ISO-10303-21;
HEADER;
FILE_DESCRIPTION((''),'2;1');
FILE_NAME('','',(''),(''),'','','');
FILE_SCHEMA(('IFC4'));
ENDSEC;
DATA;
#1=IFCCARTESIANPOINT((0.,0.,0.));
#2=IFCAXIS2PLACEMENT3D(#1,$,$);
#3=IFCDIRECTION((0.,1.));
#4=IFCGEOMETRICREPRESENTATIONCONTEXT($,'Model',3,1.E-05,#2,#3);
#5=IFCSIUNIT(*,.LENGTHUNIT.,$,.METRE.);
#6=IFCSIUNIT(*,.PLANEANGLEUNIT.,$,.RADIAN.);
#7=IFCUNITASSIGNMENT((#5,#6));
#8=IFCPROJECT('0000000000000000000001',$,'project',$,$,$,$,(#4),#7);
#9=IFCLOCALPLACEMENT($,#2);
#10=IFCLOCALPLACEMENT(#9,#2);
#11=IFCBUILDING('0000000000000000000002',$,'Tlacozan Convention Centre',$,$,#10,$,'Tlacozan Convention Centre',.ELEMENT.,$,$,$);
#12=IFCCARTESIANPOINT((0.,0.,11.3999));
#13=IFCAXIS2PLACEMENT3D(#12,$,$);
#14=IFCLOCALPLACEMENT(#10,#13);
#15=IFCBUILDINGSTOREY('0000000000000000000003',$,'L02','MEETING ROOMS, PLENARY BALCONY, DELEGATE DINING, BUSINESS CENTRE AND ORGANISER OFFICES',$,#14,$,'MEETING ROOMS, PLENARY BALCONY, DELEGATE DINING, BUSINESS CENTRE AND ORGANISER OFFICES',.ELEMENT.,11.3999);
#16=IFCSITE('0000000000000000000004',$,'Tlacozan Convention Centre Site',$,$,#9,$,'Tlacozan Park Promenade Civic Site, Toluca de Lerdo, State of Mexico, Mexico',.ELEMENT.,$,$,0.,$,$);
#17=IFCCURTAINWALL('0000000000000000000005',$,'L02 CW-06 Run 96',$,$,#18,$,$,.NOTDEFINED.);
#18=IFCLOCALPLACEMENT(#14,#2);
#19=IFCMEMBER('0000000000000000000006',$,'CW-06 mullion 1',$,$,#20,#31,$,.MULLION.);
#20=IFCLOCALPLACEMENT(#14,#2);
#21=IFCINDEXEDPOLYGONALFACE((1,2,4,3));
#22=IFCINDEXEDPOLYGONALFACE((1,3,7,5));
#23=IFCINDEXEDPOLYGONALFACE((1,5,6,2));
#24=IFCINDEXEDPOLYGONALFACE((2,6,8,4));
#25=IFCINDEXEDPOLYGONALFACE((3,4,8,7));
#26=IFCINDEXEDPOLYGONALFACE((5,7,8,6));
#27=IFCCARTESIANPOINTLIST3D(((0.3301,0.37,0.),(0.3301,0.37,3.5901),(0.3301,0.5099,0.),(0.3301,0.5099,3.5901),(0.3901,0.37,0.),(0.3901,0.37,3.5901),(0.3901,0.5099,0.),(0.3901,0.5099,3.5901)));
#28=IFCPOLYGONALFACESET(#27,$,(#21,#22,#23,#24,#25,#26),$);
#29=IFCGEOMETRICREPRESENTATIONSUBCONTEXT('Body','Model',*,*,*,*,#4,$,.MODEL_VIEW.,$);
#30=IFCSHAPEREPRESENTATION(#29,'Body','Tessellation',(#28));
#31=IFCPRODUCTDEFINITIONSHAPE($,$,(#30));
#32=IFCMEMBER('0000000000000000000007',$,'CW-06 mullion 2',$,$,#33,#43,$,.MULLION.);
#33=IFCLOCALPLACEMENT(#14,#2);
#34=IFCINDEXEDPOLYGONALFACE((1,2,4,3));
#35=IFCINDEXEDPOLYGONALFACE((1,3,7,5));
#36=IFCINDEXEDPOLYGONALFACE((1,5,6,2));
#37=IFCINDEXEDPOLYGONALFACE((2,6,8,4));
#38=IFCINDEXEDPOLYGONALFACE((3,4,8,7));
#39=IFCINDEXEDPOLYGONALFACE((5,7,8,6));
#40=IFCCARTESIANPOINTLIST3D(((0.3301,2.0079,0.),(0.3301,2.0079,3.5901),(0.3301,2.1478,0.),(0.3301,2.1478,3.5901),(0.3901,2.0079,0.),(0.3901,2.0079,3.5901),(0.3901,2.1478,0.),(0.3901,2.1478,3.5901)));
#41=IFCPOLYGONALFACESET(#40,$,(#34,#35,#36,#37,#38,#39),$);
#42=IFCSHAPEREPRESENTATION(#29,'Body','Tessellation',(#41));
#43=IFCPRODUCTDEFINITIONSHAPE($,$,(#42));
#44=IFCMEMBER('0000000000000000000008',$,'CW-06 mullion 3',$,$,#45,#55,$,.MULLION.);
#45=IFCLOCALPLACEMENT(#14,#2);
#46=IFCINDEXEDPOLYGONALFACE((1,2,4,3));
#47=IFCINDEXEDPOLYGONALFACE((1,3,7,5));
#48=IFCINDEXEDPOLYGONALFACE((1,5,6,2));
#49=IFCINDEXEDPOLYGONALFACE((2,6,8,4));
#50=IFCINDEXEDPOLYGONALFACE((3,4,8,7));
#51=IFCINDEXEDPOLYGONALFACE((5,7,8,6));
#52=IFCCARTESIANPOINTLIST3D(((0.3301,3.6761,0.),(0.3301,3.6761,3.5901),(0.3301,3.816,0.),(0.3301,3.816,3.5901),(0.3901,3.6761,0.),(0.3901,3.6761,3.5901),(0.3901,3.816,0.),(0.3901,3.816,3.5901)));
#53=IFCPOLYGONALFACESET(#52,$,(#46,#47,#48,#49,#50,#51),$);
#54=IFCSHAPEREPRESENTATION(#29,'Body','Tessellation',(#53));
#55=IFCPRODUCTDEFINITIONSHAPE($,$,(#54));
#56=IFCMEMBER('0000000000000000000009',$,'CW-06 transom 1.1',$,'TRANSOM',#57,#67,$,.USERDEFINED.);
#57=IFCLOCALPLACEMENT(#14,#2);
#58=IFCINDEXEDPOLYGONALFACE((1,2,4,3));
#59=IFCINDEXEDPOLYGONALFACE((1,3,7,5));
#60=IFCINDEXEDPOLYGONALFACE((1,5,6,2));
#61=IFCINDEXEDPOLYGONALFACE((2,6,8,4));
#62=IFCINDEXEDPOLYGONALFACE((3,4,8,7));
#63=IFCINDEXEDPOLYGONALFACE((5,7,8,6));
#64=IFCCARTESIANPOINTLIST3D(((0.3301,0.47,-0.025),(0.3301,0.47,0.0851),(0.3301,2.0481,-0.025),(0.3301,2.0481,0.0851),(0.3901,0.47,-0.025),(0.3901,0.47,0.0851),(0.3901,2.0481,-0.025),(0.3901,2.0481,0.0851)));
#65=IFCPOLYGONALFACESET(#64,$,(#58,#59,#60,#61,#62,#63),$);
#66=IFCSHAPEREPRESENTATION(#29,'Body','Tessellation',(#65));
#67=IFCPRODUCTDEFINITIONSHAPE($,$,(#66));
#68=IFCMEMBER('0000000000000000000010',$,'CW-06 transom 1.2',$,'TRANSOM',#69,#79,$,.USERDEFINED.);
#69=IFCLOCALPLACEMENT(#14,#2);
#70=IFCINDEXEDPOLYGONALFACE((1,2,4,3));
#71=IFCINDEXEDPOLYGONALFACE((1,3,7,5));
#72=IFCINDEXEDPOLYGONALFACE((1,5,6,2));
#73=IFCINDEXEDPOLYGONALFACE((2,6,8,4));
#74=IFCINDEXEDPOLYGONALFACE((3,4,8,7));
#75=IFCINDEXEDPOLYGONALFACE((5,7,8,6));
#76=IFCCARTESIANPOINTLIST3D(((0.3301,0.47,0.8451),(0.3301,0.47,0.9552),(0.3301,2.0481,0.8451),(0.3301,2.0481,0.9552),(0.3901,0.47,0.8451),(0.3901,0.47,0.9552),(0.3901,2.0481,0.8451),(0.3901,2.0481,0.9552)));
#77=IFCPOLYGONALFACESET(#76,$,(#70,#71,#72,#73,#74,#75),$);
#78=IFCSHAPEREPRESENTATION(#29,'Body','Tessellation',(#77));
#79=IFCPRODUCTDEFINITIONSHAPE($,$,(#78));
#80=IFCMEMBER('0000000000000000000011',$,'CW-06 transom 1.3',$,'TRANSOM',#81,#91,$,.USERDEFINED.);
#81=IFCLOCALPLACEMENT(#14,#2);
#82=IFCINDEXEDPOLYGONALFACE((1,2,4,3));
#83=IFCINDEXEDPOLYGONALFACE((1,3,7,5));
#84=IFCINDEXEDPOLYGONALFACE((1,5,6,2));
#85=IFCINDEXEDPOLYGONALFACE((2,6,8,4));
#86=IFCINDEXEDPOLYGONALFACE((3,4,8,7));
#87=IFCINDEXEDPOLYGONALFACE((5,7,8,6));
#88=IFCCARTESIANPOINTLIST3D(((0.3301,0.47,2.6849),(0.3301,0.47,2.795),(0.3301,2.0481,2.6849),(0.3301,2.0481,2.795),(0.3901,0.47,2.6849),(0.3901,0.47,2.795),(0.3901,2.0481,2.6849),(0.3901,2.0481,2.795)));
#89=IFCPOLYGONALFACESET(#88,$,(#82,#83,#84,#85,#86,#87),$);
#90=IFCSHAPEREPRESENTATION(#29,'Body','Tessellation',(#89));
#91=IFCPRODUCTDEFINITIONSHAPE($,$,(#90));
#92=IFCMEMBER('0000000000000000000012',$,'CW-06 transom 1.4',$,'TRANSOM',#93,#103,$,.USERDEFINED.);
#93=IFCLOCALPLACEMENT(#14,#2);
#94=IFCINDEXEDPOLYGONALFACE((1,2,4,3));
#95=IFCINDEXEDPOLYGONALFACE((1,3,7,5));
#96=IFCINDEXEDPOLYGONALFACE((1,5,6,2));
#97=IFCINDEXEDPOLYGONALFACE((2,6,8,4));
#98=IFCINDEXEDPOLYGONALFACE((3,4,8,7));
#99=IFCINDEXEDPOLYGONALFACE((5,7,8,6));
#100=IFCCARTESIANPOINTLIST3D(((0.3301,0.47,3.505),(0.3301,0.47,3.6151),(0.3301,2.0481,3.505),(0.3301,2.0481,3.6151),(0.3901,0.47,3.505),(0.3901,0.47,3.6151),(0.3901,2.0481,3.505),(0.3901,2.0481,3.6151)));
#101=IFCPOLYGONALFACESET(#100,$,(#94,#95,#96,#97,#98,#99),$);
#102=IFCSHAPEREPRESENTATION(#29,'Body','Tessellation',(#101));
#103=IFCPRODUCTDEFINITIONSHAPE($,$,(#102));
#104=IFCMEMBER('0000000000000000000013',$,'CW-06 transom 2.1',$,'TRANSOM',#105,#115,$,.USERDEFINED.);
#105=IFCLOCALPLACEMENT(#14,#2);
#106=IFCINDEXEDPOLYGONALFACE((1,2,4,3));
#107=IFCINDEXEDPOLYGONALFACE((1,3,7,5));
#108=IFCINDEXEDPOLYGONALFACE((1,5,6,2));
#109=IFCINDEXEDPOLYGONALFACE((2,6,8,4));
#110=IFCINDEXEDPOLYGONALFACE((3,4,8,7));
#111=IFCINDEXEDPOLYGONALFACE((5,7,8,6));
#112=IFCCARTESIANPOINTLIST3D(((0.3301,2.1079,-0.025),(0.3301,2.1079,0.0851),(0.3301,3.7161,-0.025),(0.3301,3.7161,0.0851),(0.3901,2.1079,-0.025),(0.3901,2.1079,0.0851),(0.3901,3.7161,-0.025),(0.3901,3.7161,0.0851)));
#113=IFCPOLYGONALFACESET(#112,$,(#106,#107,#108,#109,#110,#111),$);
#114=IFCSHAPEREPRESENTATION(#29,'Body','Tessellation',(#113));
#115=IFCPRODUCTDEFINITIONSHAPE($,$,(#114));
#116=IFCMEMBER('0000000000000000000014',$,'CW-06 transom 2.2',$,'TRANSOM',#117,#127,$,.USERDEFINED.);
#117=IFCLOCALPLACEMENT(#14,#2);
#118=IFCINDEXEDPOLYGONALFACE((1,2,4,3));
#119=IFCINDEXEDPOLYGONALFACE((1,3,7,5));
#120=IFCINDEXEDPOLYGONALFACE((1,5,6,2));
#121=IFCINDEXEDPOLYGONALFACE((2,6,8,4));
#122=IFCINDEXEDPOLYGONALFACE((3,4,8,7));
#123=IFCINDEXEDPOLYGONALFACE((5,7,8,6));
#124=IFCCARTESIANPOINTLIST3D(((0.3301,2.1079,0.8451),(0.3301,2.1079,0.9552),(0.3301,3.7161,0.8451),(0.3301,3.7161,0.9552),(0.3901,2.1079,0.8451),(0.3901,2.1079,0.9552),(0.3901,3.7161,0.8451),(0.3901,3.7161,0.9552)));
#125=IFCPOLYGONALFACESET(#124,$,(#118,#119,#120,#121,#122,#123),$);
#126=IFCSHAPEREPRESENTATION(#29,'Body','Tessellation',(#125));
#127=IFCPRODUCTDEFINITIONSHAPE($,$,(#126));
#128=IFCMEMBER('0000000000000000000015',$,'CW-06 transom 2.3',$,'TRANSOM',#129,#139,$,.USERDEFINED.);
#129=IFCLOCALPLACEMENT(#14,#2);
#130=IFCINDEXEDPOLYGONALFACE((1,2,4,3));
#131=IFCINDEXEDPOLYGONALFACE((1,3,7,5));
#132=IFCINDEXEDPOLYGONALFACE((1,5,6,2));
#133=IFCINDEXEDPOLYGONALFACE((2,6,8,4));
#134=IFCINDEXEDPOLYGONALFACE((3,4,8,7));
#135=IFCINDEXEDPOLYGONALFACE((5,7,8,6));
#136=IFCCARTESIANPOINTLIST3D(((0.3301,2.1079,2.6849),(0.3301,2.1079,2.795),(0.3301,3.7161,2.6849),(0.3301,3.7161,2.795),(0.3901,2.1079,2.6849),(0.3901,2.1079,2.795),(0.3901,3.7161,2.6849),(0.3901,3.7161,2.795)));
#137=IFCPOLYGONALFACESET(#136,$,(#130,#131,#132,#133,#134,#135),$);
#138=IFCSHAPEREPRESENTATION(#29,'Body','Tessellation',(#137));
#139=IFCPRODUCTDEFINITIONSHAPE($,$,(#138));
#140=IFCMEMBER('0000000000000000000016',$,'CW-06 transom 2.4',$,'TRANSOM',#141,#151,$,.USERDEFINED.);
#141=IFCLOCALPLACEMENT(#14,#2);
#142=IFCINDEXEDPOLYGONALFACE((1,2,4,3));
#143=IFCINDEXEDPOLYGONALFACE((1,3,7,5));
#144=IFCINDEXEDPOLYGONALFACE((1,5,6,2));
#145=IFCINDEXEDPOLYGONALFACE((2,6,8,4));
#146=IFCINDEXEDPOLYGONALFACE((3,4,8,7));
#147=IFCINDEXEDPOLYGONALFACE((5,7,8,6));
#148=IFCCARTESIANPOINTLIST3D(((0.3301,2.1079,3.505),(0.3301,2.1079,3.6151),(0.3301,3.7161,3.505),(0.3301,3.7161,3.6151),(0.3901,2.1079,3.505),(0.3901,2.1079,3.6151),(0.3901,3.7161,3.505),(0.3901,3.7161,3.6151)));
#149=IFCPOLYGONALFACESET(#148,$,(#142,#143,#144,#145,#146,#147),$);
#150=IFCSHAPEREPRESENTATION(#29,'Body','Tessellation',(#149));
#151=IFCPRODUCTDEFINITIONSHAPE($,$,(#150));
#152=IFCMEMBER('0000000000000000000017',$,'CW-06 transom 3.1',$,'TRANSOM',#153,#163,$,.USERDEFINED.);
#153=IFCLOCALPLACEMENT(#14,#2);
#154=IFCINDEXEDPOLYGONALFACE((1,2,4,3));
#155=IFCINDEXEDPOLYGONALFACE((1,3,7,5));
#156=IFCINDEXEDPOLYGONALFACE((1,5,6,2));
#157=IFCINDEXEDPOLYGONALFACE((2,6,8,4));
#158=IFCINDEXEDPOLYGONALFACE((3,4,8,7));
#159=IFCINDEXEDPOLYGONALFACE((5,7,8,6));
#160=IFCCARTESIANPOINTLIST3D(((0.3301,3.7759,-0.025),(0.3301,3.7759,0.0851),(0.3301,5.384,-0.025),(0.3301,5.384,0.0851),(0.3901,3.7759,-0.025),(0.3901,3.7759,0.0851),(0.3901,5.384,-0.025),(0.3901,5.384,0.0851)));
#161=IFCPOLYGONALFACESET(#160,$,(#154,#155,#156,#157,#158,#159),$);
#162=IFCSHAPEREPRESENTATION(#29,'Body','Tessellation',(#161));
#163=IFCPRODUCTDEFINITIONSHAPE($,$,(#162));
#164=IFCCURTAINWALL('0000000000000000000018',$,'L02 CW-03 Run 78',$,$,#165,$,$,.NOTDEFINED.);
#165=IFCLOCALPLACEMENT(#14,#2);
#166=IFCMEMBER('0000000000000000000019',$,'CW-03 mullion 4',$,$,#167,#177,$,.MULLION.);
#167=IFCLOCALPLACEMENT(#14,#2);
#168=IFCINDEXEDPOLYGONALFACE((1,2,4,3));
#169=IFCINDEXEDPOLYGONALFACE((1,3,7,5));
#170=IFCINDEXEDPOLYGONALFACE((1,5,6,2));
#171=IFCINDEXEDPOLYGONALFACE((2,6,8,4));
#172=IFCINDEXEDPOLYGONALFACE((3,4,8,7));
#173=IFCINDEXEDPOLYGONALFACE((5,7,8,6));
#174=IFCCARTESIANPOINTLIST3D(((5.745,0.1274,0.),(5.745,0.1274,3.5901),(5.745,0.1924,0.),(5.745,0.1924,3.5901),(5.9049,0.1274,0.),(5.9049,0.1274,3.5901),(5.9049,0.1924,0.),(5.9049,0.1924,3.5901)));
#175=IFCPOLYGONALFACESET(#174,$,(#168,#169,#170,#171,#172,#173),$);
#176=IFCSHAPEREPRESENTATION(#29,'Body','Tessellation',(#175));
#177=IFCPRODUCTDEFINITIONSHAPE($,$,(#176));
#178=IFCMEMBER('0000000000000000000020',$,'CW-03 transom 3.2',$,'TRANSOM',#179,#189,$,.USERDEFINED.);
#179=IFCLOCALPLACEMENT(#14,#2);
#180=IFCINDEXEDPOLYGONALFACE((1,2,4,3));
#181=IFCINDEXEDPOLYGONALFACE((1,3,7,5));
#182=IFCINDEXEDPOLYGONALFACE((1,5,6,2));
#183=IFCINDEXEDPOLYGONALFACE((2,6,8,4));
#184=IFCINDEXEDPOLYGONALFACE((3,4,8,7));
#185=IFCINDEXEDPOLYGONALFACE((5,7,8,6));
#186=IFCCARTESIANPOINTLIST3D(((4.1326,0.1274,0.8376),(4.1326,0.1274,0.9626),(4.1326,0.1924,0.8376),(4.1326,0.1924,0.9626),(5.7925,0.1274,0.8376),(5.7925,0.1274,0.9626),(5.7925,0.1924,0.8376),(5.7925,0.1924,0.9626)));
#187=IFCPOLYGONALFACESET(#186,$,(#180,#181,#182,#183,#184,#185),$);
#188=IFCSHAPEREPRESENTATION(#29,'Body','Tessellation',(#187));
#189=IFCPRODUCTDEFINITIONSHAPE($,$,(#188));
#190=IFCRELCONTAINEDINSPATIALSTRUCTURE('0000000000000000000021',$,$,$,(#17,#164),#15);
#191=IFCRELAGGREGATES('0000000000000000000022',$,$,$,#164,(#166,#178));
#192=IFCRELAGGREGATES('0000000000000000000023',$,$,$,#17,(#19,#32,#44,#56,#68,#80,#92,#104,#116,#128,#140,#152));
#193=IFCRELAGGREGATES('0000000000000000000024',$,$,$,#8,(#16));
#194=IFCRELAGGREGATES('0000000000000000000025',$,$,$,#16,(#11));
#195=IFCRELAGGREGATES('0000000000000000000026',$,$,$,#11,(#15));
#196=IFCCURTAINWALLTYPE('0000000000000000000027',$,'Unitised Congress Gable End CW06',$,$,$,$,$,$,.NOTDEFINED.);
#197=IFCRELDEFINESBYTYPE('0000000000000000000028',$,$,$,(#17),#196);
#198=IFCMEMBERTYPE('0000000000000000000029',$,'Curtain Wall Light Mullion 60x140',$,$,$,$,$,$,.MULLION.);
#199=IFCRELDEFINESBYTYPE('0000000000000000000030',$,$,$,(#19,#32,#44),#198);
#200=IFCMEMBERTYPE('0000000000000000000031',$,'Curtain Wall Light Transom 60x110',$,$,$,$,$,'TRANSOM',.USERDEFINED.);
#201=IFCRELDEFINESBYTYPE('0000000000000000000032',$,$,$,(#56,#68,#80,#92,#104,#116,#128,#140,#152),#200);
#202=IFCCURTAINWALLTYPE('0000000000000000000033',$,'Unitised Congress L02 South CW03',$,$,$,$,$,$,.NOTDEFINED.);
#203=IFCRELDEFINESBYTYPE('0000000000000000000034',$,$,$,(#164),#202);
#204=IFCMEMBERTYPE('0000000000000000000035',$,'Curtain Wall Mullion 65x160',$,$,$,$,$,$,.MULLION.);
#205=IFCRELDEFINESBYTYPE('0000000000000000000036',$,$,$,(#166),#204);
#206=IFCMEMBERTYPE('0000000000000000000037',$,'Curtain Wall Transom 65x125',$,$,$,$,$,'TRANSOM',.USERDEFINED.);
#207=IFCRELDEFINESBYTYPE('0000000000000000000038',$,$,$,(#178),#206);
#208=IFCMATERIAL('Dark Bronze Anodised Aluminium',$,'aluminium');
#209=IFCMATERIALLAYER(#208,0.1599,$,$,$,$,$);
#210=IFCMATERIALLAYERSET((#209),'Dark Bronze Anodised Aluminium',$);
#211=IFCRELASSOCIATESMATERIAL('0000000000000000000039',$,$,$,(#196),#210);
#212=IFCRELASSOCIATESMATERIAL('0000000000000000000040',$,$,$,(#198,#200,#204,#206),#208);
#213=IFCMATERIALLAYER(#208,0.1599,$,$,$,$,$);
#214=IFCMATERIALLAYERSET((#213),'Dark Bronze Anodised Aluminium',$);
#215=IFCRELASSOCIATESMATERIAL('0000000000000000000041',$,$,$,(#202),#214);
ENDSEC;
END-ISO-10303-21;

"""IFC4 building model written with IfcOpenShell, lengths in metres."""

from ifc_helpers import new_model, si_unit, direction, frame, origin, origin_2d, place, context, subcontext, project, spatial, rectangle, extrude, material, layer, layer_set, material_profile, profile_set, type_object, element, aggregate, save


model = new_model("IFC4")

# Units and contexts
model_context = context("Model", 3, precision=1e-05, world=origin(), true_north=direction((0.0, 1.0)))
body_context = subcontext(model_context, "Body", "Model", "MODEL_VIEW")
ifc_project = project(units=[si_unit("LENGTHUNIT", "METRE"), si_unit("PLANEANGLEUNIT", "RADIAN")], contexts=[model_context])

# Site, building, storey
site_placement = place(None, origin())
site = spatial("IfcSite", under=ifc_project, at=site_placement, Name="Tlacozan Convention Centre Site", LongName="Tlacozan Park Promenade Civic Site, Toluca de Lerdo, State of Mexico, Mexico", CompositionType="ELEMENT", RefElevation=0.0)
building_placement = place(site_placement, origin())
building = spatial("IfcBuilding", under=site, at=building_placement, Name="Tlacozan Convention Centre", LongName="Tlacozan Convention Centre", CompositionType="ELEMENT")
storey_placement = place(building_placement, frame((0.0, 0.0, 11.3999)))
storey = spatial("IfcBuildingStorey", under=building, at=storey_placement, Name="L02", Description="MEETING ROOMS, PLENARY BALCONY, DELEGATE DINING, BUSINESS CENTRE AND ORGANISER OFFICES", LongName="MEETING ROOMS, PLENARY BALCONY, DELEGATE DINING, BUSINESS CENTRE AND ORGANISER OFFICES", CompositionType="ELEMENT", Elevation=11.3999)

# Curtain wall, members
ifc_material_1 = material(Name="Dark Bronze Anodised Aluminium", Category="aluminium")
ifc_layer_1 = layer(ifc_material_1, 0.1599)
ifc_layer_set_1 = layer_set([ifc_layer_1], Name="Dark Bronze Anodised Aluminium")
curtain_wall_type_1 = type_object("IfcCurtainWallType", Name="Unitised Congress Gable End CW06", PredefinedType="NOTDEFINED", material=ifc_layer_set_1)
curtain_wall_1_placement = place(storey_placement, origin())
curtain_wall_1 = element("IfcCurtainWall", 1, at=curtain_wall_1_placement, inside=storey, type_object=curtain_wall_type_1, Name="L02 CW-06 Run 96", PredefinedType="NOTDEFINED")
ifc_material_profile_1 = material_profile(ifc_material_1, rectangle(XDim=0.0601, YDim=0.1399, at=origin_2d()), Name="ALU 60x140")
ifc_profile_set_1 = profile_set([ifc_material_profile_1], Name="Dark Bronze Anodised Aluminium")
member_type_1 = type_object("IfcMemberType", Name="Curtain Wall Light Mullion 60x140", PredefinedType="MULLION", material=ifc_profile_set_1)
member_1_placement = place(storey_placement, frame((0.3601, 0.4399, 0.0), z_axis=(0.0, 0.0, 1.0), x_axis=(-1.0, 0.0, 0.0)))
member_1 = element("IfcMember", 2, at=member_1_placement, type_object=member_type_1, Name="CW-06 mullion 1", PredefinedType="MULLION", context=body_context, shape_type="SweptSolid", body=[
    extrude(rectangle(XDim=0.0601, YDim=0.1399, at=origin_2d()), origin(), (0.0, 0.0, 1.0), 3.5901),
])
member_2_placement = place(storey_placement, frame((0.3601, 2.0779, 0.0), z_axis=(0.0, 0.0, 1.0), x_axis=(-1.0, 0.0, 0.0)))
member_2 = element("IfcMember", 3, at=member_2_placement, type_object=member_type_1, Name="CW-06 mullion 2", PredefinedType="MULLION", context=body_context, shape_type="SweptSolid", body=[
    extrude(rectangle(XDim=0.0601, YDim=0.1399, at=origin_2d()), origin(), (0.0, 0.0, 1.0), 3.5901),
])
member_3_placement = place(storey_placement, frame((0.3601, 3.7461, 0.0), z_axis=(0.0, 0.0, 1.0), x_axis=(-1.0, 0.0, 0.0)))
member_3 = element("IfcMember", 4, at=member_3_placement, type_object=member_type_1, Name="CW-06 mullion 3", PredefinedType="MULLION", context=body_context, shape_type="SweptSolid", body=[
    extrude(rectangle(XDim=0.0601, YDim=0.1399, at=origin_2d()), origin(), (0.0, 0.0, 1.0), 3.5901),
])
ifc_material_profile_2 = material_profile(ifc_material_1, rectangle(XDim=0.0601, YDim=0.1101, at=origin_2d()), Name="ALU 60x110")
ifc_profile_set_2 = profile_set([ifc_material_profile_2], Name="Dark Bronze Anodised Aluminium")
member_type_2 = type_object("IfcMemberType", Name="Curtain Wall Light Transom 60x110", ElementType="TRANSOM", PredefinedType="USERDEFINED", material=ifc_profile_set_2)
member_4_placement = place(storey_placement, frame((0.3601, 0.47, 0.03), z_axis=(0.0, 1.0, 0.0), x_axis=(-1.0, 0.0, 0.0)))
member_4 = element("IfcMember", 5, at=member_4_placement, type_object=member_type_2, Name="CW-06 transom 1.1", ObjectType="TRANSOM", PredefinedType="USERDEFINED", context=body_context, shape_type="SweptSolid", body=[
    extrude(rectangle(XDim=0.0601, YDim=0.1101, at=origin_2d()), origin(), (0.0, 0.0, 1.0), 1.5781),
])
member_5_placement = place(storey_placement, frame((0.3601, 0.47, 0.9001), z_axis=(0.0, 1.0, 0.0), x_axis=(-1.0, 0.0, 0.0)))
member_5 = element("IfcMember", 6, at=member_5_placement, type_object=member_type_2, Name="CW-06 transom 1.2", ObjectType="TRANSOM", PredefinedType="USERDEFINED", context=body_context, shape_type="SweptSolid", body=[
    extrude(rectangle(XDim=0.0601, YDim=0.1101, at=origin_2d()), origin(), (0.0, 0.0, 1.0), 1.5781),
])
member_6_placement = place(storey_placement, frame((0.3601, 0.47, 2.74), z_axis=(0.0, 1.0, 0.0), x_axis=(-1.0, 0.0, 0.0)))
member_6 = element("IfcMember", 7, at=member_6_placement, type_object=member_type_2, Name="CW-06 transom 1.3", ObjectType="TRANSOM", PredefinedType="USERDEFINED", context=body_context, shape_type="SweptSolid", body=[
    extrude(rectangle(XDim=0.0601, YDim=0.1101, at=origin_2d()), origin(), (0.0, 0.0, 1.0), 1.5781),
])
member_7_placement = place(storey_placement, frame((0.3601, 0.47, 3.5601), z_axis=(0.0, 1.0, 0.0), x_axis=(-1.0, 0.0, 0.0)))
member_7 = element("IfcMember", 8, at=member_7_placement, type_object=member_type_2, Name="CW-06 transom 1.4", ObjectType="TRANSOM", PredefinedType="USERDEFINED", context=body_context, shape_type="SweptSolid", body=[
    extrude(rectangle(XDim=0.0601, YDim=0.1101, at=origin_2d()), origin(), (0.0, 0.0, 1.0), 1.5781),
])
member_8_placement = place(storey_placement, frame((0.3601, 2.1079, 0.03), z_axis=(0.0, 1.0, 0.0), x_axis=(-1.0, 0.0, 0.0)))
member_8 = element("IfcMember", 9, at=member_8_placement, type_object=member_type_2, Name="CW-06 transom 2.1", ObjectType="TRANSOM", PredefinedType="USERDEFINED", context=body_context, shape_type="SweptSolid", body=[
    extrude(rectangle(XDim=0.0601, YDim=0.1101, at=origin_2d()), origin(), (0.0, 0.0, 1.0), 1.6082),
])
member_9_placement = place(storey_placement, frame((0.3601, 2.1079, 0.9001), z_axis=(0.0, 1.0, 0.0), x_axis=(-1.0, 0.0, 0.0)))
member_9 = element("IfcMember", 10, at=member_9_placement, type_object=member_type_2, Name="CW-06 transom 2.2", ObjectType="TRANSOM", PredefinedType="USERDEFINED", context=body_context, shape_type="SweptSolid", body=[
    extrude(rectangle(XDim=0.0601, YDim=0.1101, at=origin_2d()), origin(), (0.0, 0.0, 1.0), 1.6082),
])
member_10_placement = place(storey_placement, frame((0.3601, 2.1079, 2.74), z_axis=(0.0, 1.0, 0.0), x_axis=(-1.0, 0.0, 0.0)))
member_10 = element("IfcMember", 11, at=member_10_placement, type_object=member_type_2, Name="CW-06 transom 2.3", ObjectType="TRANSOM", PredefinedType="USERDEFINED", context=body_context, shape_type="SweptSolid", body=[
    extrude(rectangle(XDim=0.0601, YDim=0.1101, at=origin_2d()), origin(), (0.0, 0.0, 1.0), 1.6082),
])
member_11_placement = place(storey_placement, frame((0.3601, 2.1079, 3.5601), z_axis=(0.0, 1.0, 0.0), x_axis=(-1.0, 0.0, 0.0)))
member_11 = element("IfcMember", 12, at=member_11_placement, type_object=member_type_2, Name="CW-06 transom 2.4", ObjectType="TRANSOM", PredefinedType="USERDEFINED", context=body_context, shape_type="SweptSolid", body=[
    extrude(rectangle(XDim=0.0601, YDim=0.1101, at=origin_2d()), origin(), (0.0, 0.0, 1.0), 1.6082),
])
member_12_placement = place(storey_placement, frame((0.3601, 3.7759, 0.03), z_axis=(0.0, 1.0, 0.0), x_axis=(-1.0, 0.0, 0.0)))
member_12 = element("IfcMember", 13, at=member_12_placement, type_object=member_type_2, Name="CW-06 transom 3.1", ObjectType="TRANSOM", PredefinedType="USERDEFINED", context=body_context, shape_type="SweptSolid", body=[
    extrude(rectangle(XDim=0.0601, YDim=0.1101, at=origin_2d()), origin(), (0.0, 0.0, 1.0), 1.6082),
])

# Curtain wall, members
ifc_layer_2 = layer(ifc_material_1, 0.1599)
ifc_layer_set_2 = layer_set([ifc_layer_2], Name="Dark Bronze Anodised Aluminium")
curtain_wall_type_2 = type_object("IfcCurtainWallType", Name="Unitised Congress L02 South CW03", PredefinedType="NOTDEFINED", material=ifc_layer_set_2)
curtain_wall_2_placement = place(storey_placement, origin())
curtain_wall_2 = element("IfcCurtainWall", 14, at=curtain_wall_2_placement, inside=storey, type_object=curtain_wall_type_2, Name="L02 CW-03 Run 78", PredefinedType="NOTDEFINED")
ifc_material_profile_3 = material_profile(ifc_material_1, rectangle(XDim=0.0649, YDim=0.1599, at=origin_2d()), Name="ALU 65x160")
ifc_profile_set_3 = profile_set([ifc_material_profile_3], Name="Dark Bronze Anodised Aluminium")
member_type_3 = type_object("IfcMemberType", Name="Curtain Wall Mullion 65x160", PredefinedType="MULLION", material=ifc_profile_set_3)
member_13_placement = place(storey_placement, frame((5.825, 0.1599, 0.0), z_axis=(0.0, 0.0, 1.0), x_axis=(0.0, 1.0, 0.0)))
member_13 = element("IfcMember", 15, at=member_13_placement, type_object=member_type_3, Name="CW-03 mullion 4", PredefinedType="MULLION", context=body_context, shape_type="SweptSolid", body=[
    extrude(rectangle(XDim=0.0649, YDim=0.1599, at=origin_2d()), origin(), (0.0, 0.0, 1.0), 3.5901),
])
ifc_material_profile_4 = material_profile(ifc_material_1, rectangle(XDim=0.0649, YDim=0.125, at=origin_2d()), Name="ALU 65x125")
ifc_profile_set_4 = profile_set([ifc_material_profile_4], Name="Dark Bronze Anodised Aluminium")
member_type_4 = type_object("IfcMemberType", Name="Curtain Wall Transom 65x125", ElementType="TRANSOM", PredefinedType="USERDEFINED", material=ifc_profile_set_4)
member_14_placement = place(storey_placement, frame((4.1326, 0.1599, 0.9001), z_axis=(1.0, 0.0, 0.0), x_axis=(0.0, 1.0, 0.0)))
member_14 = element("IfcMember", 16, at=member_14_placement, type_object=member_type_4, Name="CW-03 transom 3.2", ObjectType="TRANSOM", PredefinedType="USERDEFINED", context=body_context, shape_type="SweptSolid", body=[
    extrude(rectangle(XDim=0.0649, YDim=0.125, at=origin_2d()), origin(), (0.0, 0.0, 1.0), 1.6599),
])
aggregate(curtain_wall_2, [member_13, member_14])

aggregate(curtain_wall_1, [member_1, member_2, member_3, member_4, member_5, member_6, member_7, member_8, member_9, member_10, member_11, member_12])

save(model, "model.ifc")
